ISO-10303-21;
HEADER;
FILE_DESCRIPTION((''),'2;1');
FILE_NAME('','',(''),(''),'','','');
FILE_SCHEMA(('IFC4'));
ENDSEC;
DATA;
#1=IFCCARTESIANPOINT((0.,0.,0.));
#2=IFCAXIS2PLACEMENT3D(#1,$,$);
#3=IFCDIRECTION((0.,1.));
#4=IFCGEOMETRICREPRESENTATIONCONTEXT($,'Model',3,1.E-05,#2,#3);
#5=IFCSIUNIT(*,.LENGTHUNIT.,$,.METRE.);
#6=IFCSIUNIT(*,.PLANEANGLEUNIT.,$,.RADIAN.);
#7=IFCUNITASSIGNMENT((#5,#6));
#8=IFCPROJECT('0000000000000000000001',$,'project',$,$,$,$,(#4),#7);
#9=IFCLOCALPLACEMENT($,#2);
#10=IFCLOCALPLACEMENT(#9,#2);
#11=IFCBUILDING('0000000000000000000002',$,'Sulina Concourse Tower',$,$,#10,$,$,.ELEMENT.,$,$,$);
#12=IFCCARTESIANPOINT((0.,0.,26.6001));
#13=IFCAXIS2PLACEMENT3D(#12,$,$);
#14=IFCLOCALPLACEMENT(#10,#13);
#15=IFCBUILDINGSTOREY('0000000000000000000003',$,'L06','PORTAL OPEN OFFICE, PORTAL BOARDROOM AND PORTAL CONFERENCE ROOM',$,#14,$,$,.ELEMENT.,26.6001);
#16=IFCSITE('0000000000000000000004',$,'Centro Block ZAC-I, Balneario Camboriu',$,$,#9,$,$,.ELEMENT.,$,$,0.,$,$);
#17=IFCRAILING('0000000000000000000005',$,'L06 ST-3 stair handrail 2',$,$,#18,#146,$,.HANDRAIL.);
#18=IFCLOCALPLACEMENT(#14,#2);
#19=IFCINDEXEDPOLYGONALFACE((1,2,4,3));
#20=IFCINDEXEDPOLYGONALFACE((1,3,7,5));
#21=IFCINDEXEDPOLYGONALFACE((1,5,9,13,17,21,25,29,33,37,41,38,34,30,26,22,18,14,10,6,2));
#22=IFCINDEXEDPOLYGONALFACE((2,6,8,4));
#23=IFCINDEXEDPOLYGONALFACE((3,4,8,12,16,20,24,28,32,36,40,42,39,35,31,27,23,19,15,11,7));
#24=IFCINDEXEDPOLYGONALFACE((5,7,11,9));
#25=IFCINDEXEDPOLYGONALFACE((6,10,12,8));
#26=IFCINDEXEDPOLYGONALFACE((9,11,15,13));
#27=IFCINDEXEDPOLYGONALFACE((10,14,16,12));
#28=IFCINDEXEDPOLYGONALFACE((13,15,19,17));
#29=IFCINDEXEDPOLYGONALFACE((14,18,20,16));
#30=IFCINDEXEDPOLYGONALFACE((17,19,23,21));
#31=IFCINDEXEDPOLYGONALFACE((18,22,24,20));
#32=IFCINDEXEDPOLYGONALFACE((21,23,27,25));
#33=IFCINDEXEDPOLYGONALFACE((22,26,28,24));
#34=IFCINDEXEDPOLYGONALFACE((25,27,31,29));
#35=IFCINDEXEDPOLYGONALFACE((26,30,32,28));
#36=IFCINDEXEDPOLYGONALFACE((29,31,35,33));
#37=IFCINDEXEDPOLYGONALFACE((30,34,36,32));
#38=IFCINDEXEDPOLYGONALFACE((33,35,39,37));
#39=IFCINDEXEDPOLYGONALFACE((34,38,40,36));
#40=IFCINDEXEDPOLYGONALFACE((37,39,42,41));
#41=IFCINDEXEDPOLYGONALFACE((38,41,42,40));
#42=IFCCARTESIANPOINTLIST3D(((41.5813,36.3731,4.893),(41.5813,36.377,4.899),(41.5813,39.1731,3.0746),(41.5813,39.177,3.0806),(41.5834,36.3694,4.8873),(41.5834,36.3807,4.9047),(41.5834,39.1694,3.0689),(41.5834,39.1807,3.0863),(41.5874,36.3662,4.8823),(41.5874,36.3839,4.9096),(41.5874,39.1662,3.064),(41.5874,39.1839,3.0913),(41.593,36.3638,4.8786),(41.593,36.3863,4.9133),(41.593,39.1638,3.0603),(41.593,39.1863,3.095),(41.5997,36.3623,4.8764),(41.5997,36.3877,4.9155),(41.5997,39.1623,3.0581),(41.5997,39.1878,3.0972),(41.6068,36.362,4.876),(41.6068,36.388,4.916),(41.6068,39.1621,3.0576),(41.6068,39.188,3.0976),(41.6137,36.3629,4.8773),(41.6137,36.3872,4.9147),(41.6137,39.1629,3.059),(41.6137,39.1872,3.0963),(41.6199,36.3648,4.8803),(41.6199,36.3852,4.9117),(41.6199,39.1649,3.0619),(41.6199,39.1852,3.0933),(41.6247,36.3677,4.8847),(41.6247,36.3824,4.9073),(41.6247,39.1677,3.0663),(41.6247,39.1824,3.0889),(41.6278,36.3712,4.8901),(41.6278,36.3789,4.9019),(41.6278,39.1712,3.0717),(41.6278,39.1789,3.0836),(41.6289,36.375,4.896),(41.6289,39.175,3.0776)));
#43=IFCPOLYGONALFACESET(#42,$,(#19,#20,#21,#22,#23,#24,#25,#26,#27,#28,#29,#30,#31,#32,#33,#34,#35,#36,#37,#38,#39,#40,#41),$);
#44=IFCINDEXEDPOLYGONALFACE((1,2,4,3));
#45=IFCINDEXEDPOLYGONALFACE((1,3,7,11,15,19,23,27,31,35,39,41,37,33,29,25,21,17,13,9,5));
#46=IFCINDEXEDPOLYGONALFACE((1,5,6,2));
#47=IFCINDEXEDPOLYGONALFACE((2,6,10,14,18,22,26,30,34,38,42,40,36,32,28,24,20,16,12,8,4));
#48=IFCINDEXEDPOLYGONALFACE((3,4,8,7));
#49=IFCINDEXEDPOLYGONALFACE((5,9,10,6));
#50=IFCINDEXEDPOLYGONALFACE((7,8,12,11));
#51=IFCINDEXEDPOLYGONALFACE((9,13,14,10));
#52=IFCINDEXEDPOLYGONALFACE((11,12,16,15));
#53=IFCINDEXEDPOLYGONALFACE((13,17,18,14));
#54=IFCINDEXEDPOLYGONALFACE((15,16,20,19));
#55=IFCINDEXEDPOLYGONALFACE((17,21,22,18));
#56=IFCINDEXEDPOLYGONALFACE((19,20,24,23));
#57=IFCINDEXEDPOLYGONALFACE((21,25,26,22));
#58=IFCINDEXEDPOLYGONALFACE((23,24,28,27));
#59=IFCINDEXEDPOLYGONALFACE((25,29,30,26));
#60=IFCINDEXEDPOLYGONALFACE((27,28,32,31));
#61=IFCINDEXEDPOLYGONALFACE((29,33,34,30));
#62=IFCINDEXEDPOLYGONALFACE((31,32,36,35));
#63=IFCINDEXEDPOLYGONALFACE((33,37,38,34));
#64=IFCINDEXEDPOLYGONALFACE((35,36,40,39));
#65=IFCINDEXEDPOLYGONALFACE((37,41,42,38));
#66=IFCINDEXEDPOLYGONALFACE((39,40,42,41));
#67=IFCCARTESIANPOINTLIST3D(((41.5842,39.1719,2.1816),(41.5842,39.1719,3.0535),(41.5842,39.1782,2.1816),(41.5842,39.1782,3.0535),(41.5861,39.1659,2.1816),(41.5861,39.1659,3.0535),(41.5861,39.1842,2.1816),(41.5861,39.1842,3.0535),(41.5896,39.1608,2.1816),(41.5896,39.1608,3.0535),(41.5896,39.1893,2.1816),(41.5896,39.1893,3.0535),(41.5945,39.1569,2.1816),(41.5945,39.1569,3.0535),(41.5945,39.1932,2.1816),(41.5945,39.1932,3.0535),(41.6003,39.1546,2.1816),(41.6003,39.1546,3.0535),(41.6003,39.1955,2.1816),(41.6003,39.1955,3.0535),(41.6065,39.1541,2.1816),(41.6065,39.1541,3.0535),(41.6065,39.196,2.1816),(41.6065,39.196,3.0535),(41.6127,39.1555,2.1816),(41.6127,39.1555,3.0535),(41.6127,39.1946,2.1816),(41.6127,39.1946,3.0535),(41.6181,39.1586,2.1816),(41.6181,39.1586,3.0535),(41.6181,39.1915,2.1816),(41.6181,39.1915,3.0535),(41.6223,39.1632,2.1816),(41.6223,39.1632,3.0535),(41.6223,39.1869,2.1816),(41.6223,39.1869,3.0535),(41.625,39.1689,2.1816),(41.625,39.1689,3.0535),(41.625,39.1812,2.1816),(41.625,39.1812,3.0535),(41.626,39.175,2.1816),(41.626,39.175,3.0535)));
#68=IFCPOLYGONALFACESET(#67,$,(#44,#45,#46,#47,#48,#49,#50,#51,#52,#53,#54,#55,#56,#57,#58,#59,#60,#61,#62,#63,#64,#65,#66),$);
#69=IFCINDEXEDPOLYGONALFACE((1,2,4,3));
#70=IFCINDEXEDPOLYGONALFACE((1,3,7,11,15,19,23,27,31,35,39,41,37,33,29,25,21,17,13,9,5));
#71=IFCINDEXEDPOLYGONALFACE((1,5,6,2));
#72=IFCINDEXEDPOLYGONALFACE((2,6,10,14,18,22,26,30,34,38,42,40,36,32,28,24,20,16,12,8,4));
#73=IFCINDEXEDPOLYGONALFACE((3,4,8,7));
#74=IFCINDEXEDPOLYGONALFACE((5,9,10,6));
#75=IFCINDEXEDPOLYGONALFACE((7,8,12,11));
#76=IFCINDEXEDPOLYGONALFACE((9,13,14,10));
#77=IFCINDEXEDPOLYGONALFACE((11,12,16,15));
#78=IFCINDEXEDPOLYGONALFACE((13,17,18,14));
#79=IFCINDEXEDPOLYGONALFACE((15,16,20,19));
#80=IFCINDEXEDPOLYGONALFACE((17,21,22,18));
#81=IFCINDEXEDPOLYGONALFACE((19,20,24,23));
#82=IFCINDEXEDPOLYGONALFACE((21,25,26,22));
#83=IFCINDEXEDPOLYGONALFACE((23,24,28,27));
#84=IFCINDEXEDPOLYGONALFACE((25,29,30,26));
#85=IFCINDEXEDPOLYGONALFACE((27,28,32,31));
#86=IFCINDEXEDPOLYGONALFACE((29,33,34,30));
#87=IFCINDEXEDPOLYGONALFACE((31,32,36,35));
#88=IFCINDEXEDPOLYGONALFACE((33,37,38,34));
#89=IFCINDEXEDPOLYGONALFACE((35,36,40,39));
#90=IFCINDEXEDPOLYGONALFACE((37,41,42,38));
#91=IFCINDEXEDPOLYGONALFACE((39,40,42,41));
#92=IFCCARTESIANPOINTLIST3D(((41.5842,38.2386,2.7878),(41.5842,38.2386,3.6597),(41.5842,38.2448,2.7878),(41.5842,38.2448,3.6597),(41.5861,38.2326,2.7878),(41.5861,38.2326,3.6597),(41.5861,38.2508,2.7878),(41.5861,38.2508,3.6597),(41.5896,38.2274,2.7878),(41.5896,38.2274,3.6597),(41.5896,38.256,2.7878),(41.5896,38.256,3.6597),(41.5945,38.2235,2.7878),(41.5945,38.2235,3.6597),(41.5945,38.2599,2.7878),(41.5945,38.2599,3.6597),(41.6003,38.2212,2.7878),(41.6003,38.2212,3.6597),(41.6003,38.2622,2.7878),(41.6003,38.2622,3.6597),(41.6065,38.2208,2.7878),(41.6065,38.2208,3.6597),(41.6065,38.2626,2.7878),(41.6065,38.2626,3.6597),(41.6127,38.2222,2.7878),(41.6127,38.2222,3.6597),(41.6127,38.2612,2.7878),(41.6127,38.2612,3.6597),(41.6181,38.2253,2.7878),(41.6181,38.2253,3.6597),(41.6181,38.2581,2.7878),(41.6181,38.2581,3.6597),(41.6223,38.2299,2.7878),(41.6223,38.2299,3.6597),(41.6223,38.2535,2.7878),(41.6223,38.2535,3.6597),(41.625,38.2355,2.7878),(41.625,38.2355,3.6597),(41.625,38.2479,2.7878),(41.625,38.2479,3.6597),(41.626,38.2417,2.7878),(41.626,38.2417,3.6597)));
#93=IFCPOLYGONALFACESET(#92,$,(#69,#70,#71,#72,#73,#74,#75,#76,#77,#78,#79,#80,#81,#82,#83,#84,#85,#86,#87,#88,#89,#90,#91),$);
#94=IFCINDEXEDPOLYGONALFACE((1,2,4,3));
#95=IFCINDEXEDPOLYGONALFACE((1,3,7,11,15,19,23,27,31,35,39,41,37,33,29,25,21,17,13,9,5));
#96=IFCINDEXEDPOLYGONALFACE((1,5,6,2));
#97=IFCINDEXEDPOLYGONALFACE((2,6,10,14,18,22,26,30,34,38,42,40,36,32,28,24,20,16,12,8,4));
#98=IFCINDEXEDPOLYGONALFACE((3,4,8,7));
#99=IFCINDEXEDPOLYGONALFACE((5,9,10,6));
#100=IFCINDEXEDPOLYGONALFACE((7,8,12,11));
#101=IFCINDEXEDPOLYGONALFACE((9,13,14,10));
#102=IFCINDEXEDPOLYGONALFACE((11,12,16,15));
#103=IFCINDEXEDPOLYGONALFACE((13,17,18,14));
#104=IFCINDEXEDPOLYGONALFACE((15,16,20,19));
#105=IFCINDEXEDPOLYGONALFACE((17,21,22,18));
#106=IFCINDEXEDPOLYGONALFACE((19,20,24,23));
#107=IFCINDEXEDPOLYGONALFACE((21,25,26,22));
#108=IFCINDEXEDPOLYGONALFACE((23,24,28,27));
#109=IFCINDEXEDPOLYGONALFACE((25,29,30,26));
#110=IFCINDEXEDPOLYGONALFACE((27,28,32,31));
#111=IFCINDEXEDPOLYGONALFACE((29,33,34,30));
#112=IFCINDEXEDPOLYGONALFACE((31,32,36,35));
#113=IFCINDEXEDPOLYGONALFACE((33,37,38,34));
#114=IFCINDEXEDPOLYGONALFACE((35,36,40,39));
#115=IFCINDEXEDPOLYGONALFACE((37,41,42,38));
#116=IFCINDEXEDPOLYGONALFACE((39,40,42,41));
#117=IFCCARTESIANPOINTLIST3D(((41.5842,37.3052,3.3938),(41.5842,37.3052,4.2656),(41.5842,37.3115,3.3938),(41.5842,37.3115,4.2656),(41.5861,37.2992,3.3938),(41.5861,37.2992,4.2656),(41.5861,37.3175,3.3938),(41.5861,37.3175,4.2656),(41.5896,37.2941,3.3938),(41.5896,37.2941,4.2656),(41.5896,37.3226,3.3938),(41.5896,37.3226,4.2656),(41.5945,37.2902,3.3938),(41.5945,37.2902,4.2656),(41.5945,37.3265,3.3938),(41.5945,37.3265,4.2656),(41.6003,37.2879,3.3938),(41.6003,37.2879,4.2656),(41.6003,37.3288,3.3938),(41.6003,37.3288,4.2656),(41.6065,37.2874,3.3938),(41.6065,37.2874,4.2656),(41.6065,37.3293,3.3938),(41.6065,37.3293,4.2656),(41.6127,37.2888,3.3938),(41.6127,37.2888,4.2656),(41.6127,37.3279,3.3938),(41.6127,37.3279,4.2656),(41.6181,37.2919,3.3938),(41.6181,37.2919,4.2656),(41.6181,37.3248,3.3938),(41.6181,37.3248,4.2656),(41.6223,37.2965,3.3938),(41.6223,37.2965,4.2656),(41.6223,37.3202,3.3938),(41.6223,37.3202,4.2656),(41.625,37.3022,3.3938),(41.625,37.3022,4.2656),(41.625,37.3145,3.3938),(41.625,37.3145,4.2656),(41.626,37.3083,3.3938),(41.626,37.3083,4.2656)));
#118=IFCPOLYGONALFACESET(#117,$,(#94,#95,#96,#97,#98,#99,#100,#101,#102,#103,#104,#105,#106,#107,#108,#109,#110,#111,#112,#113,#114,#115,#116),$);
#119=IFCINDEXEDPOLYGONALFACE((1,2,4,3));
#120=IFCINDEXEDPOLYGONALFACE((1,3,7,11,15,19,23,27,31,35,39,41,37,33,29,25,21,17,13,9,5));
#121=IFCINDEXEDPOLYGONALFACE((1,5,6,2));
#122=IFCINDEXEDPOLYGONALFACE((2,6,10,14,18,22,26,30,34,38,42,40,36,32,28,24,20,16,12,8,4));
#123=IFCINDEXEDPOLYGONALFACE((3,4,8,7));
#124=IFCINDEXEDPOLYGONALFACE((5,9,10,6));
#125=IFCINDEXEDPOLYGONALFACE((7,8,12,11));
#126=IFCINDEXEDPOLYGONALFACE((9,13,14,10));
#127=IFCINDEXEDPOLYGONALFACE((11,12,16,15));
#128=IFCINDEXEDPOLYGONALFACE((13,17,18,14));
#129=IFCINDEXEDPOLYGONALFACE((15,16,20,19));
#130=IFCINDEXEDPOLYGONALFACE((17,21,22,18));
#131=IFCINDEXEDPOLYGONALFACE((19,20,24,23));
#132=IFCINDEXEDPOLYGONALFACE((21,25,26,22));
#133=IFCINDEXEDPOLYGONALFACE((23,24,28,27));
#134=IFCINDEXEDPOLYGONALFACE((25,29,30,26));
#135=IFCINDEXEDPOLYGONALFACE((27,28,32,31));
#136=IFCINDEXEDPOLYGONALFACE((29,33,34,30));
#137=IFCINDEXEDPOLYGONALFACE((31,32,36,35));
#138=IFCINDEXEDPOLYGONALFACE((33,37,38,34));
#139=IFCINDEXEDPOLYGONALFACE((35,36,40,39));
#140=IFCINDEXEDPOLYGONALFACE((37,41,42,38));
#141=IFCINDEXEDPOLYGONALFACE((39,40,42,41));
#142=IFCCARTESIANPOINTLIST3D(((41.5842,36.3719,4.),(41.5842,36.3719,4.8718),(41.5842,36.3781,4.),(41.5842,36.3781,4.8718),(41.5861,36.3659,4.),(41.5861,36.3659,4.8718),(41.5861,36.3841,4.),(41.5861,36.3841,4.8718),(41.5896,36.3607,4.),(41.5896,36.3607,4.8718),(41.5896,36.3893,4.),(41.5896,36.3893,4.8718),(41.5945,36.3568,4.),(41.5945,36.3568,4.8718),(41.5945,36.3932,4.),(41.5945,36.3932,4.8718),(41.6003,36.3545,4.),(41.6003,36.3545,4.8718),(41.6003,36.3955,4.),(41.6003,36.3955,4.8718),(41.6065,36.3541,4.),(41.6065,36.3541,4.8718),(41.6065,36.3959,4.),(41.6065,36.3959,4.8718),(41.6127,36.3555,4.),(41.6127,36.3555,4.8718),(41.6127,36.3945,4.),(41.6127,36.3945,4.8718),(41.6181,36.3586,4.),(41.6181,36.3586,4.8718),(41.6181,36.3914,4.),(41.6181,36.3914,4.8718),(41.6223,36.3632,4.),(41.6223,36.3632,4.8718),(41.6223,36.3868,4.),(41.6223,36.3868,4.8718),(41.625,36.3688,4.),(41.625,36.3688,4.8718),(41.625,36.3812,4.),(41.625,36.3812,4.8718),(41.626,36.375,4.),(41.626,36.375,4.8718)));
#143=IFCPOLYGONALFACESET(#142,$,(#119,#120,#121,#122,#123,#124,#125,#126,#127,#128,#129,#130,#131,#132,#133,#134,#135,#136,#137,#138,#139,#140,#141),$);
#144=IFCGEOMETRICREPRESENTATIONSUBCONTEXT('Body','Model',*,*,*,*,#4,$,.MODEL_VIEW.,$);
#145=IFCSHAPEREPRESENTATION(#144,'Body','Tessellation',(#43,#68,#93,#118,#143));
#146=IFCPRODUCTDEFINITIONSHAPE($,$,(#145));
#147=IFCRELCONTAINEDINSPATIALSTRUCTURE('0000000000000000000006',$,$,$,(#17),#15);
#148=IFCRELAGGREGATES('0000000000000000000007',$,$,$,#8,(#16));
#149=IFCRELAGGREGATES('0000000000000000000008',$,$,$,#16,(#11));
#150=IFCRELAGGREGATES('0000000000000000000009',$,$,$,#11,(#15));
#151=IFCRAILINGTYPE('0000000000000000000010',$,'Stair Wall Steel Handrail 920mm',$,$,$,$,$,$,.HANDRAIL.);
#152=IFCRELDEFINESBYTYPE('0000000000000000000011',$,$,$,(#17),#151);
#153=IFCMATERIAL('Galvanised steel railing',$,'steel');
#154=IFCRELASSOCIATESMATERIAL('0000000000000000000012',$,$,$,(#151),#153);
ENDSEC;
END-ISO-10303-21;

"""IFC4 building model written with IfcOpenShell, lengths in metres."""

from ifc_helpers import new_model, si_unit, direction, frame, origin, origin_2d, place, context, subcontext, project, spatial, circle, extrude, material, type_object, element, save


model = new_model("IFC4")

# Units and contexts
model_context = context("Model", 3, precision=1e-05, world=origin(), true_north=direction((0.0, 1.0)))
body_context = subcontext(model_context, "Body", "Model", "MODEL_VIEW")
ifc_project = project(units=[si_unit("LENGTHUNIT", "METRE"), si_unit("PLANEANGLEUNIT", "RADIAN")], contexts=[model_context])

# Site, building, storey
site_placement = place(None, origin())
site = spatial("IfcSite", under=ifc_project, at=site_placement, Name="Centro Block ZAC-I, Balneario Camboriu", CompositionType="ELEMENT", RefElevation=0.0)
building_placement = place(site_placement, origin())
building = spatial("IfcBuilding", under=site, at=building_placement, Name="Sulina Concourse Tower", CompositionType="ELEMENT")
storey_placement = place(building_placement, frame((0.0, 0.0, 26.6001)))
storey = spatial("IfcBuildingStorey", under=building, at=storey_placement, Name="L06", Description="PORTAL OPEN OFFICE, PORTAL BOARDROOM AND PORTAL CONFERENCE ROOM", CompositionType="ELEMENT", Elevation=26.6001)

# Railing
ifc_material_1 = material(Name="Galvanised steel railing", Category="steel")
railing_type_1 = type_object("IfcRailingType", Name="Stair Wall Steel Handrail 920mm", PredefinedType="HANDRAIL", material=ifc_material_1)
railing_1_placement = place(storey_placement, frame((41.605, 39.175, 2.1816)))
element("IfcRailing", 1, at=railing_1_placement, inside=storey, type_object=railing_type_1, Name="L06 ST-3 stair handrail 2", PredefinedType="HANDRAIL", context=body_context, shape_type="SweptSolid", body=[
    extrude(circle(Radius=0.0239, at=origin_2d()), frame((0.0, 0.0, 0.896), z_axis=(0.0, -0.838672, 0.544636), x_axis=(1.0, 0.0, 0.0)), (0.0, 0.0, 1.0), 3.3386),
    extrude(circle(Radius=0.021, at=origin_2d()), origin(), (0.0, 0.0, 1.0), 0.8718),
    extrude(circle(Radius=0.021, at=origin_2d()), frame((0.0, -0.9333, 0.6062)), (0.0, 0.0, 1.0), 0.8718),
    extrude(circle(Radius=0.021, at=origin_2d()), frame((0.0, -1.8667, 1.2122)), (0.0, 0.0, 1.0), 0.8718),
    extrude(circle(Radius=0.021, at=origin_2d()), frame((0.0, -2.8, 1.8184)), (0.0, 0.0, 1.0), 0.8718),
])

save(model, "model.ifc")
